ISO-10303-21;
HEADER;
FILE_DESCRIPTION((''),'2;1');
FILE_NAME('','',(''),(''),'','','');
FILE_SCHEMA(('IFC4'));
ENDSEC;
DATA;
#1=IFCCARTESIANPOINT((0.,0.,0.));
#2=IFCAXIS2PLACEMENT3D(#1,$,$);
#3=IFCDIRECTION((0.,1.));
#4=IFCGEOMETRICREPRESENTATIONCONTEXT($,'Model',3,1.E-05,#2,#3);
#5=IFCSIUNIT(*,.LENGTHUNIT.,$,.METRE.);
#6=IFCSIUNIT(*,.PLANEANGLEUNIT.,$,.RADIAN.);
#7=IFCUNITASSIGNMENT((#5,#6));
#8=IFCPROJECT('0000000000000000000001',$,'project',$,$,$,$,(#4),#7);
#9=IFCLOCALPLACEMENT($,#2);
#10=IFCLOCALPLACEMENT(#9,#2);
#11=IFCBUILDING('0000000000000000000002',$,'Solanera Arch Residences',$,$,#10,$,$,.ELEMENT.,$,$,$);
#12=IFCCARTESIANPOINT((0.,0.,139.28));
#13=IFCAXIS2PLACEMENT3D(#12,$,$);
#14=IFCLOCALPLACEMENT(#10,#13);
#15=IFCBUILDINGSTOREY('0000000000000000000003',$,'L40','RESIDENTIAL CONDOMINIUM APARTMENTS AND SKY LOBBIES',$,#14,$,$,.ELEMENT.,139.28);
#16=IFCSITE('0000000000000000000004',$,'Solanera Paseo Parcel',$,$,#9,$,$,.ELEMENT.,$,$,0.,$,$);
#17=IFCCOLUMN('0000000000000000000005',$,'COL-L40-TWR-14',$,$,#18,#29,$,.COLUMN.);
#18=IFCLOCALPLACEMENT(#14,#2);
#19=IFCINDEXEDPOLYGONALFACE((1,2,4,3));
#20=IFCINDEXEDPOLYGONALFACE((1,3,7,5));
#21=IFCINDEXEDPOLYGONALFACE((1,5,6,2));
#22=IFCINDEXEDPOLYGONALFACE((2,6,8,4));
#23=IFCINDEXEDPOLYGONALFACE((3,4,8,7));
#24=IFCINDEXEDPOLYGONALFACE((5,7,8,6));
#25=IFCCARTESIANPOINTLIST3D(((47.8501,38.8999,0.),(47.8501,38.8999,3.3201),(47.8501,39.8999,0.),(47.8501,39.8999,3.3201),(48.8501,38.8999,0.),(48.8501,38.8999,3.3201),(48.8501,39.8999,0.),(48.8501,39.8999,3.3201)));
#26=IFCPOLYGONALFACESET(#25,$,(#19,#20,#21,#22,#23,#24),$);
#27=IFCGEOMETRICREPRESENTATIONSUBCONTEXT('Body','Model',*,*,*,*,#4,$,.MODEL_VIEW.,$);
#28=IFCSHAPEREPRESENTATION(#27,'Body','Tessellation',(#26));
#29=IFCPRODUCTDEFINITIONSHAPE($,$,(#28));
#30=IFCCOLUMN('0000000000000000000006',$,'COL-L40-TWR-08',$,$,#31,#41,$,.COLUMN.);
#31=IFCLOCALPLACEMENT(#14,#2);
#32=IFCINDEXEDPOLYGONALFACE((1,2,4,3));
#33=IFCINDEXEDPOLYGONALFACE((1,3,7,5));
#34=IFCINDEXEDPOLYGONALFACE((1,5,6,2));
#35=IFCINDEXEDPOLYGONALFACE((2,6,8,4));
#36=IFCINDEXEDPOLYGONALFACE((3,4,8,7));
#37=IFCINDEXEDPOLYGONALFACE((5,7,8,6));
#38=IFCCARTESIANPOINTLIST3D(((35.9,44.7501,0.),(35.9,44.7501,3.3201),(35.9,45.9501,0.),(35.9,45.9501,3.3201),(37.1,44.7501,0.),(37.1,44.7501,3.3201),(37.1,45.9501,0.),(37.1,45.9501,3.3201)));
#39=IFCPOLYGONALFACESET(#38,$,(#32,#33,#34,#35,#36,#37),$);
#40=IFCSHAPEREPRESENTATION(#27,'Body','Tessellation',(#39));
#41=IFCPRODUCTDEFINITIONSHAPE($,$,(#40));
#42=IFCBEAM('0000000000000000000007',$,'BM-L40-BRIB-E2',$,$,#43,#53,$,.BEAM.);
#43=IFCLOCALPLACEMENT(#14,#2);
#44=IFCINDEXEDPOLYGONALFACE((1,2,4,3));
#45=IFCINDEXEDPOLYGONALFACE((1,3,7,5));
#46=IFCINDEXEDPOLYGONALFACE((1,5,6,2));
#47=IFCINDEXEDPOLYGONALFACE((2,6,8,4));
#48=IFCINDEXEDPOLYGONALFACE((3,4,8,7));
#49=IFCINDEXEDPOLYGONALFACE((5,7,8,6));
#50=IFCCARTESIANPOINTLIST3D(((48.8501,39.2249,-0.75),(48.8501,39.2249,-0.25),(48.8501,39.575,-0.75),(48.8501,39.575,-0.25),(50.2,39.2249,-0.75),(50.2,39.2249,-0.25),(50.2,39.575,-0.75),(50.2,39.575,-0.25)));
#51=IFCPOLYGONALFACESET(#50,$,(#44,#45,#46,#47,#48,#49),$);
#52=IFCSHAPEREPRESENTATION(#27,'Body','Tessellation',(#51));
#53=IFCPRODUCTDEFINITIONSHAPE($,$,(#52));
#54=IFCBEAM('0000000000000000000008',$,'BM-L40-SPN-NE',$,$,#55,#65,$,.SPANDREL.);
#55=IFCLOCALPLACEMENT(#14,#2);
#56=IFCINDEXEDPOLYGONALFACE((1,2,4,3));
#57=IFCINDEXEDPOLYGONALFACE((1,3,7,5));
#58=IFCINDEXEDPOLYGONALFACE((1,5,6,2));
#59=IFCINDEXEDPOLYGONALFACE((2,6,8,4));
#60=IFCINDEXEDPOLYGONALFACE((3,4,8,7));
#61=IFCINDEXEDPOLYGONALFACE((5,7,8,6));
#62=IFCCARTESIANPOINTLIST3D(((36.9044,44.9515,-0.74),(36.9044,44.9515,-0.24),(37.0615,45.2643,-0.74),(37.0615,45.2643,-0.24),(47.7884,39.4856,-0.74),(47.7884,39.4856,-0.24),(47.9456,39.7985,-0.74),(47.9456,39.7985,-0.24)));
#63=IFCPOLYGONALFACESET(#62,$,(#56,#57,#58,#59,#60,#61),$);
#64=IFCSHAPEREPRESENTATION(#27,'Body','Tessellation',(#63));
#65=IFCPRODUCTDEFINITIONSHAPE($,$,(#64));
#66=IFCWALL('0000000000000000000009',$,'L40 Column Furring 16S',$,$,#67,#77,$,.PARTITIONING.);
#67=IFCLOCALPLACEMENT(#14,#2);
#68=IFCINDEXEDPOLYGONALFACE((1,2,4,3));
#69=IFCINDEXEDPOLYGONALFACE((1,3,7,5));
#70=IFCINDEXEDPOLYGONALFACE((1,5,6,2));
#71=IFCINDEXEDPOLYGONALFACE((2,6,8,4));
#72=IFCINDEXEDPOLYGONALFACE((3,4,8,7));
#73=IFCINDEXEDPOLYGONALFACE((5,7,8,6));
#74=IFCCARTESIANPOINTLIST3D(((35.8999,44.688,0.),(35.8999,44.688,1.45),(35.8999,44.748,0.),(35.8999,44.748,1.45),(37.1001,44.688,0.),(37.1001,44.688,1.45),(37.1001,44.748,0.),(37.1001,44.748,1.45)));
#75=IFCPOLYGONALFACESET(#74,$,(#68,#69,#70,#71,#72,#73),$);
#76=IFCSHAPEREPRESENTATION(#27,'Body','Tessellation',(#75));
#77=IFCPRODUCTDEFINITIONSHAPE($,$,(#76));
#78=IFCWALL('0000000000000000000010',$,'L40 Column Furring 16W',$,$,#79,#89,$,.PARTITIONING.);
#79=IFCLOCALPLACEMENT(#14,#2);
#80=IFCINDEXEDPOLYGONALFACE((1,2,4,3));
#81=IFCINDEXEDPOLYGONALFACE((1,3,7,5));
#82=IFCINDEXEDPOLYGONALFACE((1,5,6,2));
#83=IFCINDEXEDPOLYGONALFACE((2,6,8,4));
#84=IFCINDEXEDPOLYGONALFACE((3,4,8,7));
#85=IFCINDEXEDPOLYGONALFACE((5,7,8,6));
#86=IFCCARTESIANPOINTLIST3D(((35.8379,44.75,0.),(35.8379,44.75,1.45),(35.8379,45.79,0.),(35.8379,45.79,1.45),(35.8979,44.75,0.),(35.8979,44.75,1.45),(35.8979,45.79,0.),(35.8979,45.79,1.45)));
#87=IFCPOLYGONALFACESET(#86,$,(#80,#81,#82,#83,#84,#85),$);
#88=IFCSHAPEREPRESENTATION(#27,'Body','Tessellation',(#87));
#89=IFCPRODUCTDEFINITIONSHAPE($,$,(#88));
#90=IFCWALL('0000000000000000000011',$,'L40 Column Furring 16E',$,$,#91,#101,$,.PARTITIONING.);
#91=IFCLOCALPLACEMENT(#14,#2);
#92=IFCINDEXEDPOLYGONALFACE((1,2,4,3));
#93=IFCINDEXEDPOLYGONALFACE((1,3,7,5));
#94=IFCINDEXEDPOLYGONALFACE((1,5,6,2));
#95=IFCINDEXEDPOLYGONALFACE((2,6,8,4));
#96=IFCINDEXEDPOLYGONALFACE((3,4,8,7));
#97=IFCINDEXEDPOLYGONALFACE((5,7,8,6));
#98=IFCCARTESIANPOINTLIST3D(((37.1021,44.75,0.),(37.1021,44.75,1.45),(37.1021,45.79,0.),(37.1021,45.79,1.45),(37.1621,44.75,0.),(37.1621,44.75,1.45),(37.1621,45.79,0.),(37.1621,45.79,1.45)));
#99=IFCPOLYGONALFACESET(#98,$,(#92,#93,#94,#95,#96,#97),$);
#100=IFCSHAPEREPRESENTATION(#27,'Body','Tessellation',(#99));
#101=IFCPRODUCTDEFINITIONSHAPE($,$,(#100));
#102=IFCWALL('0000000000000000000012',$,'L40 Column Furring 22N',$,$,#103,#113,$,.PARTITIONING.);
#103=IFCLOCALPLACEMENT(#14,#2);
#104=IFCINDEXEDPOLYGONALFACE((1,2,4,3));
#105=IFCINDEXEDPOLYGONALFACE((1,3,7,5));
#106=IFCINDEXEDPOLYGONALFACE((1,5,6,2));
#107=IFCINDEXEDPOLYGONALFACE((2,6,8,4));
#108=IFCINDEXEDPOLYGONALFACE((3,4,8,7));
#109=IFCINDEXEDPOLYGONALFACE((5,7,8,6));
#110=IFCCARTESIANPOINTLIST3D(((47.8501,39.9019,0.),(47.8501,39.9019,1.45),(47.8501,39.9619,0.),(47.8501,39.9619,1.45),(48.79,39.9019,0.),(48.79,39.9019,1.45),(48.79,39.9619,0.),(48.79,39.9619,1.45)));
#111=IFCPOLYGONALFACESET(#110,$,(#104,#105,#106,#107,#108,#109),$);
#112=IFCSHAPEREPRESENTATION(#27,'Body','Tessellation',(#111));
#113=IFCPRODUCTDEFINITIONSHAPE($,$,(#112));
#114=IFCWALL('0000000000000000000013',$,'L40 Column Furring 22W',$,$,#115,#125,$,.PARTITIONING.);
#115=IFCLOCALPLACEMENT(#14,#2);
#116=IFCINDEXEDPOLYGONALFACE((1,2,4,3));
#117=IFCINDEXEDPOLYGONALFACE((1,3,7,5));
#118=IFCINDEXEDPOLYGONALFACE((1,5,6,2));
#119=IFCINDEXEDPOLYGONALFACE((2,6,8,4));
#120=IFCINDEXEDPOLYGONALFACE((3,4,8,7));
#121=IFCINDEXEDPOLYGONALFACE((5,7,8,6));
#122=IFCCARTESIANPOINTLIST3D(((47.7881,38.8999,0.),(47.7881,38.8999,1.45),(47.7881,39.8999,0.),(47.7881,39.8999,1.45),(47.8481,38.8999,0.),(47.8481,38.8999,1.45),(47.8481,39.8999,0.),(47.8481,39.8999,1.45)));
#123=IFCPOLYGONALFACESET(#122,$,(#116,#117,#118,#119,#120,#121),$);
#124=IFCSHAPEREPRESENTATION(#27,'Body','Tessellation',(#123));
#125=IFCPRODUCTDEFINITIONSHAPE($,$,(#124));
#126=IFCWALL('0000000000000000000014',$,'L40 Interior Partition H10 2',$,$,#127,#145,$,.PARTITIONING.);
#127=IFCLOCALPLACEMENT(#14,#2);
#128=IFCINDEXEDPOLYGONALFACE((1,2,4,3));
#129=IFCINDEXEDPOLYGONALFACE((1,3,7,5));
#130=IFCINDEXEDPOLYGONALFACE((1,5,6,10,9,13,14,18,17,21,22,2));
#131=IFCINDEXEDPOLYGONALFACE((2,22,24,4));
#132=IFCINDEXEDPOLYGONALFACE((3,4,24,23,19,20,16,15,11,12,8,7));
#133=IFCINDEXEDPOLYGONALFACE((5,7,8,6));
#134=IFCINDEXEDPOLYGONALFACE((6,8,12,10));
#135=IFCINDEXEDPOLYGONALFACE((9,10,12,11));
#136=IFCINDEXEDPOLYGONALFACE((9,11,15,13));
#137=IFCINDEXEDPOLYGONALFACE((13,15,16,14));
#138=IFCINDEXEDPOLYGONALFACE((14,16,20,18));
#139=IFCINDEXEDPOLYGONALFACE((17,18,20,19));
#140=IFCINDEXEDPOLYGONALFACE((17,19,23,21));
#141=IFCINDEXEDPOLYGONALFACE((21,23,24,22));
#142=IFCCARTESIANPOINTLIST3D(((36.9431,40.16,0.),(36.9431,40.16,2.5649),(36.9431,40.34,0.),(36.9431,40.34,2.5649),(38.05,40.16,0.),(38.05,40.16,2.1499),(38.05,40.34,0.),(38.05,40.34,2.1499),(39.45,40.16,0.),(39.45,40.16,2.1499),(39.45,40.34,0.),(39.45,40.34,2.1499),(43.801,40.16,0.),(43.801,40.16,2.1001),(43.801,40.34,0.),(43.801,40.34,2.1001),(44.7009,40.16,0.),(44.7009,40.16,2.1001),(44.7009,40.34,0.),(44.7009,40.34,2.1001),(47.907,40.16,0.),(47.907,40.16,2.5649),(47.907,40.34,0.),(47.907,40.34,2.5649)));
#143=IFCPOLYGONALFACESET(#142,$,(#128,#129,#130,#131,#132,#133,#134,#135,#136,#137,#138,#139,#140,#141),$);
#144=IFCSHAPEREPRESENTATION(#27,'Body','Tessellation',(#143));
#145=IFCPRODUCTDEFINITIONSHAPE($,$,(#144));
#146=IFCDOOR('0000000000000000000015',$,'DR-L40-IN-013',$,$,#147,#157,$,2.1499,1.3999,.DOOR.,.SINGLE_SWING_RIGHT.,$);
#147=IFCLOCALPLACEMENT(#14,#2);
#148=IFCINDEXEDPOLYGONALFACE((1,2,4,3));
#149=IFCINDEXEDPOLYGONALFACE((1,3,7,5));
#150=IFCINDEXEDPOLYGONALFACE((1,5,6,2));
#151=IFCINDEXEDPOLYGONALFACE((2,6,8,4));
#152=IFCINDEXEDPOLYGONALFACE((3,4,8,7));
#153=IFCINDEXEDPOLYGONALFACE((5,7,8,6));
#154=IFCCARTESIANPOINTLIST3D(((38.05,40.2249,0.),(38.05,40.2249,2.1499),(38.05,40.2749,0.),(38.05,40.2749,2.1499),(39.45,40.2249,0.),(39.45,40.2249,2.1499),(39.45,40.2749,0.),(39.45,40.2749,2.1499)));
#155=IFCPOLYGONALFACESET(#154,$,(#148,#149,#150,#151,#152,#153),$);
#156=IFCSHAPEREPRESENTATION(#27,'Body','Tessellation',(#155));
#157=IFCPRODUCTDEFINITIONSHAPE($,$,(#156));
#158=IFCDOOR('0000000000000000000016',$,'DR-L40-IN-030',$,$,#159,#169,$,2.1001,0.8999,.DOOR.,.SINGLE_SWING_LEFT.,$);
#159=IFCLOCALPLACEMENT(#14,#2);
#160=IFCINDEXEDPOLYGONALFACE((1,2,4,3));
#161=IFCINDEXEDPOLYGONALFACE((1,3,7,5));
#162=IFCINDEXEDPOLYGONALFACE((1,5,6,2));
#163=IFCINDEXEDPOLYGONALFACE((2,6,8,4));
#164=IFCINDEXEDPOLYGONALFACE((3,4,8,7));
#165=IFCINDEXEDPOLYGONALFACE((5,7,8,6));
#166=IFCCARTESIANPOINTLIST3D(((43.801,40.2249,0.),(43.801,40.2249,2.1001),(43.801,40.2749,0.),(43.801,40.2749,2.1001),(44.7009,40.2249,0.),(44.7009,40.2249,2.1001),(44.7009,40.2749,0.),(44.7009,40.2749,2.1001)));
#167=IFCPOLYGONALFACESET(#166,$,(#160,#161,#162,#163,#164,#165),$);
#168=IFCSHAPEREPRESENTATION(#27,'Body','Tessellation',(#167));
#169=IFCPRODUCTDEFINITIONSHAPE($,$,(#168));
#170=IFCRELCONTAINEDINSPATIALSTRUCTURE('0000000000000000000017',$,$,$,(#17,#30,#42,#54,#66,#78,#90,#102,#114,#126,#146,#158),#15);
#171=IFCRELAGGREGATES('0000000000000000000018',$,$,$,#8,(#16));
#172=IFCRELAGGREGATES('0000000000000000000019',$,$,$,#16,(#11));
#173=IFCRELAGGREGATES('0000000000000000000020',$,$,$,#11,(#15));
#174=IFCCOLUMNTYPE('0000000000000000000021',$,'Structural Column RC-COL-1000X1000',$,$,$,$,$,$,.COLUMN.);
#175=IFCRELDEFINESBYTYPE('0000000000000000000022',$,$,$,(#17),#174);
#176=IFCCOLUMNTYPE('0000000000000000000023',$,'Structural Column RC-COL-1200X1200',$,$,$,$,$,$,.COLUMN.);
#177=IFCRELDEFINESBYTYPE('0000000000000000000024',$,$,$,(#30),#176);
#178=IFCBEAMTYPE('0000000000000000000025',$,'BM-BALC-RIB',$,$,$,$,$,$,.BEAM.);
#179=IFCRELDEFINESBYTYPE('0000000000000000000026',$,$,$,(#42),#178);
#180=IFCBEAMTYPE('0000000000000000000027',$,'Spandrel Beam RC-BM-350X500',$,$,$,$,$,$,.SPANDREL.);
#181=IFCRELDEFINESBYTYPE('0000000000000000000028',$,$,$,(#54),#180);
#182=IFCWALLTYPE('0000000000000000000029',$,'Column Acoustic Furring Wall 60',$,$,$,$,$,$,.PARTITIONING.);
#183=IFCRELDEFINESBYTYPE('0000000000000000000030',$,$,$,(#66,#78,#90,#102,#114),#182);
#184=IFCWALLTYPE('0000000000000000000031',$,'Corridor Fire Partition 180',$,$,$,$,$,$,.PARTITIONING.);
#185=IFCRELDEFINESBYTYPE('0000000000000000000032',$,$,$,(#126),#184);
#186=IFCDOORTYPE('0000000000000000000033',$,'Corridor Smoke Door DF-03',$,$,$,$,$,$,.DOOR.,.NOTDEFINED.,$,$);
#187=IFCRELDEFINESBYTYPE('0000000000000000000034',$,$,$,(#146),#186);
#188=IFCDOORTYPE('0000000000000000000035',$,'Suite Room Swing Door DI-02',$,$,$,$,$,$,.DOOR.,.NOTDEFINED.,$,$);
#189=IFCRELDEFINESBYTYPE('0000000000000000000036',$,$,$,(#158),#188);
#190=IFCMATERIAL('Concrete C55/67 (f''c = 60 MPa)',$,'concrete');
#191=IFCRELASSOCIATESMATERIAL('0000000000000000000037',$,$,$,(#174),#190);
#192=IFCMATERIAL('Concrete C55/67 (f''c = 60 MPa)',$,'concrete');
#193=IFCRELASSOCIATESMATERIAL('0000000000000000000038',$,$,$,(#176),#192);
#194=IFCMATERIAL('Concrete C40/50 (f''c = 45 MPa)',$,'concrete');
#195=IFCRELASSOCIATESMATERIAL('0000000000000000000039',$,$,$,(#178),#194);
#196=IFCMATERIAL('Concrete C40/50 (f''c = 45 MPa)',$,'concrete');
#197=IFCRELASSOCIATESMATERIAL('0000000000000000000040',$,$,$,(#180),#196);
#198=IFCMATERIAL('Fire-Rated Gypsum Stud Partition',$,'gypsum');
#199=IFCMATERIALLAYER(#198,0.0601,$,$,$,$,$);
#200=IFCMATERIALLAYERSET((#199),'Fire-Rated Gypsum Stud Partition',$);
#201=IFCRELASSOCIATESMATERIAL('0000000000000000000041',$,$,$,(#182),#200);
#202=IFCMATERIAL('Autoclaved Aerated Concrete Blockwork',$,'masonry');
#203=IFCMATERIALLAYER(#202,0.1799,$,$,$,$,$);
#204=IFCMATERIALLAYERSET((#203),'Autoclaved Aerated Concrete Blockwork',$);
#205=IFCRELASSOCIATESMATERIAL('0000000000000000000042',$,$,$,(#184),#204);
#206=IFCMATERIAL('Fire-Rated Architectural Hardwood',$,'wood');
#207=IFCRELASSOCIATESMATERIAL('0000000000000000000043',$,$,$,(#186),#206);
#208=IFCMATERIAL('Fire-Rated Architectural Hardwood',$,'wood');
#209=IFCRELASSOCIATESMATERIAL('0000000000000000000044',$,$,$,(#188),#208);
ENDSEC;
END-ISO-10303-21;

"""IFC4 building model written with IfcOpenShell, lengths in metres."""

from ifc_helpers import new_model, si_unit, direction, frame, frame_2d, origin, origin_2d, place, context, subcontext, project, spatial, rectangle, extrude, material, layer, layer_set, material_profile, profile_set, type_object, element, fill, save


model = new_model("IFC4")

# Units and contexts
model_context = context("Model", 3, precision=1e-05, world=origin(), true_north=direction((0.0, 1.0)))
body_context = subcontext(model_context, "Body", "Model", "MODEL_VIEW")
ifc_project = project(units=[si_unit("LENGTHUNIT", "METRE"), si_unit("PLANEANGLEUNIT", "RADIAN")], contexts=[model_context])

# Site, building, storey
site_placement = place(None, origin())
site = spatial("IfcSite", under=ifc_project, at=site_placement, Name="Solanera Paseo Parcel", CompositionType="ELEMENT", RefElevation=0.0)
building_placement = place(site_placement, origin())
building = spatial("IfcBuilding", under=site, at=building_placement, Name="Solanera Arch Residences", CompositionType="ELEMENT")
storey_placement = place(building_placement, frame((0.0, 0.0, 139.28)))
storey = spatial("IfcBuildingStorey", under=building, at=storey_placement, Name="L40", Description="RESIDENTIAL CONDOMINIUM APARTMENTS AND SKY LOBBIES", CompositionType="ELEMENT", Elevation=139.28)

# Columns
ifc_material_1 = material(Name="Concrete C55/67 (f'c = 60 MPa)", Category="concrete")
ifc_material_profile_1 = material_profile(ifc_material_1, rectangle(XDim=1.0, YDim=1.0, at=origin_2d()))
ifc_profile_set_1 = profile_set([ifc_material_profile_1], Name="Concrete C55/67 (f'c = 60 MPa)")
column_type_1 = type_object("IfcColumnType", Name="Structural Column RC-COL-1000X1000", PredefinedType="COLUMN", material=ifc_profile_set_1)
column_1_placement = place(storey_placement, frame((48.3501, 39.3999, 0.0), z_axis=(0.0, 0.0, 1.0), x_axis=(1.0, 0.0, 0.0)))
element("IfcColumn", 1, at=column_1_placement, inside=storey, type_object=column_type_1, Name="COL-L40-TWR-14", PredefinedType="COLUMN", context=body_context, shape_type="SweptSolid", body=[
    extrude(rectangle(XDim=1.0, YDim=1.0, at=origin_2d()), origin(), (0.0, 0.0, 1.0), 3.3201),
])
ifc_material_2 = material(Name="Concrete C55/67 (f'c = 60 MPa)", Category="concrete")
ifc_material_profile_2 = material_profile(ifc_material_2, rectangle(XDim=1.2, YDim=1.2, at=origin_2d()))
ifc_profile_set_2 = profile_set([ifc_material_profile_2], Name="Concrete C55/67 (f'c = 60 MPa)")
column_type_2 = type_object("IfcColumnType", Name="Structural Column RC-COL-1200X1200", PredefinedType="COLUMN", material=ifc_profile_set_2)
column_2_placement = place(storey_placement, frame((36.5, 45.3501, 0.0), z_axis=(0.0, 0.0, 1.0), x_axis=(1.0, 0.0, 0.0)))
element("IfcColumn", 2, at=column_2_placement, inside=storey, type_object=column_type_2, Name="COL-L40-TWR-08", PredefinedType="COLUMN", context=body_context, shape_type="SweptSolid", body=[
    extrude(rectangle(XDim=1.2, YDim=1.2, at=origin_2d()), origin(), (0.0, 0.0, 1.0), 3.3201),
])

# Beams
ifc_material_3 = material(Name="Concrete C40/50 (f'c = 45 MPa)", Category="concrete")
ifc_material_profile_3 = material_profile(ifc_material_3, rectangle(XDim=0.3501, YDim=0.5, at=origin_2d()))
ifc_profile_set_3 = profile_set([ifc_material_profile_3], Name="Concrete C40/50 (f'c = 45 MPa)")
beam_type_1 = type_object("IfcBeamType", Name="BM-BALC-RIB", PredefinedType="BEAM", material=ifc_profile_set_3)
beam_1_placement = place(storey_placement, frame((48.8501, 39.3999, -0.5), z_axis=(1.0, 0.0, 0.0), x_axis=(0.0, 1.0, 0.0)))
element("IfcBeam", 3, at=beam_1_placement, inside=storey, type_object=beam_type_1, Name="BM-L40-BRIB-E2", PredefinedType="BEAM", context=body_context, shape_type="SweptSolid", body=[
    extrude(rectangle(XDim=0.3501, YDim=0.5, at=origin_2d()), origin(), (0.0, 0.0, 1.0), 1.3499),
])
ifc_material_4 = material(Name="Concrete C40/50 (f'c = 45 MPa)", Category="concrete")
ifc_material_profile_4 = material_profile(ifc_material_4, rectangle(XDim=0.3501, YDim=0.5, at=origin_2d()))
ifc_profile_set_4 = profile_set([ifc_material_profile_4], Name="Concrete C40/50 (f'c = 45 MPa)")
beam_type_2 = type_object("IfcBeamType", Name="Spandrel Beam RC-BM-350X500", PredefinedType="SPANDREL", material=ifc_profile_set_4)
beam_2_placement = place(storey_placement, frame((36.9829, 45.1079, -0.49), z_axis=(0.893644, -0.448776, 0.0), x_axis=(0.448776, 0.893644, 0.0)))
element("IfcBeam", 4, at=beam_2_placement, inside=storey, type_object=beam_type_2, Name="BM-L40-SPN-NE", PredefinedType="SPANDREL", context=body_context, shape_type="SweptSolid", body=[
    extrude(rectangle(XDim=0.3501, YDim=0.5, at=origin_2d()), origin(), (0.0, 0.0, 1.0), 12.1794),
])

# Walls
ifc_material_5 = material(Name="Fire-Rated Gypsum Stud Partition", Category="gypsum")
ifc_layer_1 = layer(ifc_material_5, 0.0601)
ifc_layer_set_1 = layer_set([ifc_layer_1], Name="Fire-Rated Gypsum Stud Partition")
wall_type_1 = type_object("IfcWallType", Name="Column Acoustic Furring Wall 60", PredefinedType="PARTITIONING", material=ifc_layer_set_1)
wall_1_placement = place(storey_placement, frame((35.8999, 44.718, 0.0), z_axis=(0.0, 0.0, 1.0), x_axis=(1.0, 0.0, 0.0)))
element("IfcWall", 5, at=wall_1_placement, inside=storey, type_object=wall_type_1, Name="L40 Column Furring 16S", PredefinedType="PARTITIONING", context=body_context, shape_type="SweptSolid", body=[
    extrude(rectangle(XDim=1.2002, YDim=0.0601, at=frame_2d((0.6001, 0.0))), origin(), (0.0, 0.0, 1.0), 1.45),
])
for number, where, z_axis, x_axis, name in (
    (6, (35.8679, 44.75, 0.0), (0.0, 0.0, 1.0), (0.0, 1.0, 0.0), "L40 Column Furring 16W"),
    (7, (37.1321, 44.75, 0.0), (0.0, 0.0, 1.0), (0.0, 1.0, 0.0), "L40 Column Furring 16E"),
):
    element("IfcWall", number, at=place(storey_placement, frame(where, z_axis=z_axis, x_axis=x_axis)), inside=storey, type_object=wall_type_1, Name=name, PredefinedType="PARTITIONING", context=body_context, shape_type="SweptSolid", body=[
        extrude(rectangle(XDim=1.04, YDim=0.0601, at=frame_2d((0.52, 0.0))), origin(), (0.0, 0.0, 1.0), 1.45),
    ])
wall_2_placement = place(storey_placement, frame((47.8501, 39.9319, 0.0), z_axis=(0.0, 0.0, 1.0), x_axis=(1.0, 0.0, 0.0)))
element("IfcWall", 8, at=wall_2_placement, inside=storey, type_object=wall_type_1, Name="L40 Column Furring 22N", PredefinedType="PARTITIONING", context=body_context, shape_type="SweptSolid", body=[
    extrude(rectangle(XDim=0.9399, YDim=0.0601, at=frame_2d((0.47, 0.0))), origin(), (0.0, 0.0, 1.0), 1.45),
])
wall_3_placement = place(storey_placement, frame((47.8181, 38.8999, 0.0), z_axis=(0.0, 0.0, 1.0), x_axis=(0.0, 1.0, 0.0)))
element("IfcWall", 9, at=wall_3_placement, inside=storey, type_object=wall_type_1, Name="L40 Column Furring 22W", PredefinedType="PARTITIONING", context=body_context, shape_type="SweptSolid", body=[
    extrude(rectangle(XDim=1.0, YDim=0.0601, at=frame_2d((0.5, 0.0))), origin(), (0.0, 0.0, 1.0), 1.45),
])

# Wall, openings, doors
ifc_material_6 = material(Name="Autoclaved Aerated Concrete Blockwork", Category="masonry")
ifc_layer_2 = layer(ifc_material_6, 0.1799)
ifc_layer_set_2 = layer_set([ifc_layer_2], Name="Autoclaved Aerated Concrete Blockwork")
wall_type_2 = type_object("IfcWallType", Name="Corridor Fire Partition 180", PredefinedType="PARTITIONING", material=ifc_layer_set_2)
wall_4_placement = place(storey_placement, frame((36.9431, 40.25, 0.0), z_axis=(0.0, 0.0, 1.0), x_axis=(1.0, 0.0, 0.0)))
wall_4 = element("IfcWall", 10, at=wall_4_placement, inside=storey, type_object=wall_type_2, Name="L40 Interior Partition H10 2", PredefinedType="PARTITIONING", context=body_context, shape_type="SweptSolid", body=[
    extrude(rectangle(XDim=10.9639, YDim=0.1799, at=frame_2d((5.4819, 0.0))), origin(), (0.0, 0.0, 1.0), 2.5649),
])
opening_1_placement = place(wall_4_placement, frame((1.1069, 0.0, 0.0)))
opening_1 = element("IfcOpeningElement", 11, at=opening_1_placement, cuts=wall_4, PredefinedType="OPENING", context=body_context, shape_type="SweptSolid", body=[
    extrude(rectangle(XDim=1.3999, YDim=2.1499, at=frame_2d((0.7, 1.075))), frame((0.0, 0.1001, 0.0), z_axis=(0.0, -1.0, 0.0), x_axis=(1.0, 0.0, 0.0)), (0.0, 0.0, 1.0), 0.1999),
])
opening_2_placement = place(wall_4_placement, frame((6.8579, 0.0, 0.0)))
opening_2 = element("IfcOpeningElement", 12, at=opening_2_placement, cuts=wall_4, PredefinedType="OPENING", context=body_context, shape_type="SweptSolid", body=[
    extrude(rectangle(XDim=0.8999, YDim=2.1001, at=frame_2d((0.45, 1.05))), frame((0.0, 0.1001, 0.0), z_axis=(0.0, -1.0, 0.0), x_axis=(1.0, 0.0, 0.0)), (0.0, 0.0, 1.0), 0.1999),
])
ifc_material_7 = material(Name="Fire-Rated Architectural Hardwood", Category="wood")
door_type_1 = type_object("IfcDoorType", Name="Corridor Smoke Door DF-03", OperationType="NOTDEFINED", PredefinedType="DOOR", material=ifc_material_7)
door_1_placement = place(opening_1_placement, origin())
door_1 = element("IfcDoor", 13, at=door_1_placement, inside=storey, type_object=door_type_1, Name="DR-L40-IN-013", OperationType="SINGLE_SWING_RIGHT", OverallHeight=2.1499, OverallWidth=1.3999, PredefinedType="DOOR", context=body_context, shape_type="SweptSolid", body=[
    extrude(rectangle(XDim=1.3999, YDim=2.1499, at=frame_2d((0.7, 1.075))), frame((0.0, 0.0249, 0.0), z_axis=(0.0, -1.0, 0.0), x_axis=(1.0, 0.0, 0.0)), (0.0, 0.0, 1.0), 0.05),
])
fill(opening_1, door_1)
ifc_material_8 = material(Name="Fire-Rated Architectural Hardwood", Category="wood")
door_type_2 = type_object("IfcDoorType", Name="Suite Room Swing Door DI-02", OperationType="NOTDEFINED", PredefinedType="DOOR", material=ifc_material_8)
door_2_placement = place(opening_2_placement, origin())
door_2 = element("IfcDoor", 14, at=door_2_placement, inside=storey, type_object=door_type_2, Name="DR-L40-IN-030", OperationType="SINGLE_SWING_LEFT", OverallHeight=2.1001, OverallWidth=0.8999, PredefinedType="DOOR", context=body_context, shape_type="SweptSolid", body=[
    extrude(rectangle(XDim=0.8999, YDim=2.1001, at=frame_2d((0.45, 1.05))), frame((0.0, 0.0249, 0.0), z_axis=(0.0, -1.0, 0.0), x_axis=(1.0, 0.0, 0.0)), (0.0, 0.0, 1.0), 0.05),
])
fill(opening_2, door_2)

save(model, "model.ifc")
